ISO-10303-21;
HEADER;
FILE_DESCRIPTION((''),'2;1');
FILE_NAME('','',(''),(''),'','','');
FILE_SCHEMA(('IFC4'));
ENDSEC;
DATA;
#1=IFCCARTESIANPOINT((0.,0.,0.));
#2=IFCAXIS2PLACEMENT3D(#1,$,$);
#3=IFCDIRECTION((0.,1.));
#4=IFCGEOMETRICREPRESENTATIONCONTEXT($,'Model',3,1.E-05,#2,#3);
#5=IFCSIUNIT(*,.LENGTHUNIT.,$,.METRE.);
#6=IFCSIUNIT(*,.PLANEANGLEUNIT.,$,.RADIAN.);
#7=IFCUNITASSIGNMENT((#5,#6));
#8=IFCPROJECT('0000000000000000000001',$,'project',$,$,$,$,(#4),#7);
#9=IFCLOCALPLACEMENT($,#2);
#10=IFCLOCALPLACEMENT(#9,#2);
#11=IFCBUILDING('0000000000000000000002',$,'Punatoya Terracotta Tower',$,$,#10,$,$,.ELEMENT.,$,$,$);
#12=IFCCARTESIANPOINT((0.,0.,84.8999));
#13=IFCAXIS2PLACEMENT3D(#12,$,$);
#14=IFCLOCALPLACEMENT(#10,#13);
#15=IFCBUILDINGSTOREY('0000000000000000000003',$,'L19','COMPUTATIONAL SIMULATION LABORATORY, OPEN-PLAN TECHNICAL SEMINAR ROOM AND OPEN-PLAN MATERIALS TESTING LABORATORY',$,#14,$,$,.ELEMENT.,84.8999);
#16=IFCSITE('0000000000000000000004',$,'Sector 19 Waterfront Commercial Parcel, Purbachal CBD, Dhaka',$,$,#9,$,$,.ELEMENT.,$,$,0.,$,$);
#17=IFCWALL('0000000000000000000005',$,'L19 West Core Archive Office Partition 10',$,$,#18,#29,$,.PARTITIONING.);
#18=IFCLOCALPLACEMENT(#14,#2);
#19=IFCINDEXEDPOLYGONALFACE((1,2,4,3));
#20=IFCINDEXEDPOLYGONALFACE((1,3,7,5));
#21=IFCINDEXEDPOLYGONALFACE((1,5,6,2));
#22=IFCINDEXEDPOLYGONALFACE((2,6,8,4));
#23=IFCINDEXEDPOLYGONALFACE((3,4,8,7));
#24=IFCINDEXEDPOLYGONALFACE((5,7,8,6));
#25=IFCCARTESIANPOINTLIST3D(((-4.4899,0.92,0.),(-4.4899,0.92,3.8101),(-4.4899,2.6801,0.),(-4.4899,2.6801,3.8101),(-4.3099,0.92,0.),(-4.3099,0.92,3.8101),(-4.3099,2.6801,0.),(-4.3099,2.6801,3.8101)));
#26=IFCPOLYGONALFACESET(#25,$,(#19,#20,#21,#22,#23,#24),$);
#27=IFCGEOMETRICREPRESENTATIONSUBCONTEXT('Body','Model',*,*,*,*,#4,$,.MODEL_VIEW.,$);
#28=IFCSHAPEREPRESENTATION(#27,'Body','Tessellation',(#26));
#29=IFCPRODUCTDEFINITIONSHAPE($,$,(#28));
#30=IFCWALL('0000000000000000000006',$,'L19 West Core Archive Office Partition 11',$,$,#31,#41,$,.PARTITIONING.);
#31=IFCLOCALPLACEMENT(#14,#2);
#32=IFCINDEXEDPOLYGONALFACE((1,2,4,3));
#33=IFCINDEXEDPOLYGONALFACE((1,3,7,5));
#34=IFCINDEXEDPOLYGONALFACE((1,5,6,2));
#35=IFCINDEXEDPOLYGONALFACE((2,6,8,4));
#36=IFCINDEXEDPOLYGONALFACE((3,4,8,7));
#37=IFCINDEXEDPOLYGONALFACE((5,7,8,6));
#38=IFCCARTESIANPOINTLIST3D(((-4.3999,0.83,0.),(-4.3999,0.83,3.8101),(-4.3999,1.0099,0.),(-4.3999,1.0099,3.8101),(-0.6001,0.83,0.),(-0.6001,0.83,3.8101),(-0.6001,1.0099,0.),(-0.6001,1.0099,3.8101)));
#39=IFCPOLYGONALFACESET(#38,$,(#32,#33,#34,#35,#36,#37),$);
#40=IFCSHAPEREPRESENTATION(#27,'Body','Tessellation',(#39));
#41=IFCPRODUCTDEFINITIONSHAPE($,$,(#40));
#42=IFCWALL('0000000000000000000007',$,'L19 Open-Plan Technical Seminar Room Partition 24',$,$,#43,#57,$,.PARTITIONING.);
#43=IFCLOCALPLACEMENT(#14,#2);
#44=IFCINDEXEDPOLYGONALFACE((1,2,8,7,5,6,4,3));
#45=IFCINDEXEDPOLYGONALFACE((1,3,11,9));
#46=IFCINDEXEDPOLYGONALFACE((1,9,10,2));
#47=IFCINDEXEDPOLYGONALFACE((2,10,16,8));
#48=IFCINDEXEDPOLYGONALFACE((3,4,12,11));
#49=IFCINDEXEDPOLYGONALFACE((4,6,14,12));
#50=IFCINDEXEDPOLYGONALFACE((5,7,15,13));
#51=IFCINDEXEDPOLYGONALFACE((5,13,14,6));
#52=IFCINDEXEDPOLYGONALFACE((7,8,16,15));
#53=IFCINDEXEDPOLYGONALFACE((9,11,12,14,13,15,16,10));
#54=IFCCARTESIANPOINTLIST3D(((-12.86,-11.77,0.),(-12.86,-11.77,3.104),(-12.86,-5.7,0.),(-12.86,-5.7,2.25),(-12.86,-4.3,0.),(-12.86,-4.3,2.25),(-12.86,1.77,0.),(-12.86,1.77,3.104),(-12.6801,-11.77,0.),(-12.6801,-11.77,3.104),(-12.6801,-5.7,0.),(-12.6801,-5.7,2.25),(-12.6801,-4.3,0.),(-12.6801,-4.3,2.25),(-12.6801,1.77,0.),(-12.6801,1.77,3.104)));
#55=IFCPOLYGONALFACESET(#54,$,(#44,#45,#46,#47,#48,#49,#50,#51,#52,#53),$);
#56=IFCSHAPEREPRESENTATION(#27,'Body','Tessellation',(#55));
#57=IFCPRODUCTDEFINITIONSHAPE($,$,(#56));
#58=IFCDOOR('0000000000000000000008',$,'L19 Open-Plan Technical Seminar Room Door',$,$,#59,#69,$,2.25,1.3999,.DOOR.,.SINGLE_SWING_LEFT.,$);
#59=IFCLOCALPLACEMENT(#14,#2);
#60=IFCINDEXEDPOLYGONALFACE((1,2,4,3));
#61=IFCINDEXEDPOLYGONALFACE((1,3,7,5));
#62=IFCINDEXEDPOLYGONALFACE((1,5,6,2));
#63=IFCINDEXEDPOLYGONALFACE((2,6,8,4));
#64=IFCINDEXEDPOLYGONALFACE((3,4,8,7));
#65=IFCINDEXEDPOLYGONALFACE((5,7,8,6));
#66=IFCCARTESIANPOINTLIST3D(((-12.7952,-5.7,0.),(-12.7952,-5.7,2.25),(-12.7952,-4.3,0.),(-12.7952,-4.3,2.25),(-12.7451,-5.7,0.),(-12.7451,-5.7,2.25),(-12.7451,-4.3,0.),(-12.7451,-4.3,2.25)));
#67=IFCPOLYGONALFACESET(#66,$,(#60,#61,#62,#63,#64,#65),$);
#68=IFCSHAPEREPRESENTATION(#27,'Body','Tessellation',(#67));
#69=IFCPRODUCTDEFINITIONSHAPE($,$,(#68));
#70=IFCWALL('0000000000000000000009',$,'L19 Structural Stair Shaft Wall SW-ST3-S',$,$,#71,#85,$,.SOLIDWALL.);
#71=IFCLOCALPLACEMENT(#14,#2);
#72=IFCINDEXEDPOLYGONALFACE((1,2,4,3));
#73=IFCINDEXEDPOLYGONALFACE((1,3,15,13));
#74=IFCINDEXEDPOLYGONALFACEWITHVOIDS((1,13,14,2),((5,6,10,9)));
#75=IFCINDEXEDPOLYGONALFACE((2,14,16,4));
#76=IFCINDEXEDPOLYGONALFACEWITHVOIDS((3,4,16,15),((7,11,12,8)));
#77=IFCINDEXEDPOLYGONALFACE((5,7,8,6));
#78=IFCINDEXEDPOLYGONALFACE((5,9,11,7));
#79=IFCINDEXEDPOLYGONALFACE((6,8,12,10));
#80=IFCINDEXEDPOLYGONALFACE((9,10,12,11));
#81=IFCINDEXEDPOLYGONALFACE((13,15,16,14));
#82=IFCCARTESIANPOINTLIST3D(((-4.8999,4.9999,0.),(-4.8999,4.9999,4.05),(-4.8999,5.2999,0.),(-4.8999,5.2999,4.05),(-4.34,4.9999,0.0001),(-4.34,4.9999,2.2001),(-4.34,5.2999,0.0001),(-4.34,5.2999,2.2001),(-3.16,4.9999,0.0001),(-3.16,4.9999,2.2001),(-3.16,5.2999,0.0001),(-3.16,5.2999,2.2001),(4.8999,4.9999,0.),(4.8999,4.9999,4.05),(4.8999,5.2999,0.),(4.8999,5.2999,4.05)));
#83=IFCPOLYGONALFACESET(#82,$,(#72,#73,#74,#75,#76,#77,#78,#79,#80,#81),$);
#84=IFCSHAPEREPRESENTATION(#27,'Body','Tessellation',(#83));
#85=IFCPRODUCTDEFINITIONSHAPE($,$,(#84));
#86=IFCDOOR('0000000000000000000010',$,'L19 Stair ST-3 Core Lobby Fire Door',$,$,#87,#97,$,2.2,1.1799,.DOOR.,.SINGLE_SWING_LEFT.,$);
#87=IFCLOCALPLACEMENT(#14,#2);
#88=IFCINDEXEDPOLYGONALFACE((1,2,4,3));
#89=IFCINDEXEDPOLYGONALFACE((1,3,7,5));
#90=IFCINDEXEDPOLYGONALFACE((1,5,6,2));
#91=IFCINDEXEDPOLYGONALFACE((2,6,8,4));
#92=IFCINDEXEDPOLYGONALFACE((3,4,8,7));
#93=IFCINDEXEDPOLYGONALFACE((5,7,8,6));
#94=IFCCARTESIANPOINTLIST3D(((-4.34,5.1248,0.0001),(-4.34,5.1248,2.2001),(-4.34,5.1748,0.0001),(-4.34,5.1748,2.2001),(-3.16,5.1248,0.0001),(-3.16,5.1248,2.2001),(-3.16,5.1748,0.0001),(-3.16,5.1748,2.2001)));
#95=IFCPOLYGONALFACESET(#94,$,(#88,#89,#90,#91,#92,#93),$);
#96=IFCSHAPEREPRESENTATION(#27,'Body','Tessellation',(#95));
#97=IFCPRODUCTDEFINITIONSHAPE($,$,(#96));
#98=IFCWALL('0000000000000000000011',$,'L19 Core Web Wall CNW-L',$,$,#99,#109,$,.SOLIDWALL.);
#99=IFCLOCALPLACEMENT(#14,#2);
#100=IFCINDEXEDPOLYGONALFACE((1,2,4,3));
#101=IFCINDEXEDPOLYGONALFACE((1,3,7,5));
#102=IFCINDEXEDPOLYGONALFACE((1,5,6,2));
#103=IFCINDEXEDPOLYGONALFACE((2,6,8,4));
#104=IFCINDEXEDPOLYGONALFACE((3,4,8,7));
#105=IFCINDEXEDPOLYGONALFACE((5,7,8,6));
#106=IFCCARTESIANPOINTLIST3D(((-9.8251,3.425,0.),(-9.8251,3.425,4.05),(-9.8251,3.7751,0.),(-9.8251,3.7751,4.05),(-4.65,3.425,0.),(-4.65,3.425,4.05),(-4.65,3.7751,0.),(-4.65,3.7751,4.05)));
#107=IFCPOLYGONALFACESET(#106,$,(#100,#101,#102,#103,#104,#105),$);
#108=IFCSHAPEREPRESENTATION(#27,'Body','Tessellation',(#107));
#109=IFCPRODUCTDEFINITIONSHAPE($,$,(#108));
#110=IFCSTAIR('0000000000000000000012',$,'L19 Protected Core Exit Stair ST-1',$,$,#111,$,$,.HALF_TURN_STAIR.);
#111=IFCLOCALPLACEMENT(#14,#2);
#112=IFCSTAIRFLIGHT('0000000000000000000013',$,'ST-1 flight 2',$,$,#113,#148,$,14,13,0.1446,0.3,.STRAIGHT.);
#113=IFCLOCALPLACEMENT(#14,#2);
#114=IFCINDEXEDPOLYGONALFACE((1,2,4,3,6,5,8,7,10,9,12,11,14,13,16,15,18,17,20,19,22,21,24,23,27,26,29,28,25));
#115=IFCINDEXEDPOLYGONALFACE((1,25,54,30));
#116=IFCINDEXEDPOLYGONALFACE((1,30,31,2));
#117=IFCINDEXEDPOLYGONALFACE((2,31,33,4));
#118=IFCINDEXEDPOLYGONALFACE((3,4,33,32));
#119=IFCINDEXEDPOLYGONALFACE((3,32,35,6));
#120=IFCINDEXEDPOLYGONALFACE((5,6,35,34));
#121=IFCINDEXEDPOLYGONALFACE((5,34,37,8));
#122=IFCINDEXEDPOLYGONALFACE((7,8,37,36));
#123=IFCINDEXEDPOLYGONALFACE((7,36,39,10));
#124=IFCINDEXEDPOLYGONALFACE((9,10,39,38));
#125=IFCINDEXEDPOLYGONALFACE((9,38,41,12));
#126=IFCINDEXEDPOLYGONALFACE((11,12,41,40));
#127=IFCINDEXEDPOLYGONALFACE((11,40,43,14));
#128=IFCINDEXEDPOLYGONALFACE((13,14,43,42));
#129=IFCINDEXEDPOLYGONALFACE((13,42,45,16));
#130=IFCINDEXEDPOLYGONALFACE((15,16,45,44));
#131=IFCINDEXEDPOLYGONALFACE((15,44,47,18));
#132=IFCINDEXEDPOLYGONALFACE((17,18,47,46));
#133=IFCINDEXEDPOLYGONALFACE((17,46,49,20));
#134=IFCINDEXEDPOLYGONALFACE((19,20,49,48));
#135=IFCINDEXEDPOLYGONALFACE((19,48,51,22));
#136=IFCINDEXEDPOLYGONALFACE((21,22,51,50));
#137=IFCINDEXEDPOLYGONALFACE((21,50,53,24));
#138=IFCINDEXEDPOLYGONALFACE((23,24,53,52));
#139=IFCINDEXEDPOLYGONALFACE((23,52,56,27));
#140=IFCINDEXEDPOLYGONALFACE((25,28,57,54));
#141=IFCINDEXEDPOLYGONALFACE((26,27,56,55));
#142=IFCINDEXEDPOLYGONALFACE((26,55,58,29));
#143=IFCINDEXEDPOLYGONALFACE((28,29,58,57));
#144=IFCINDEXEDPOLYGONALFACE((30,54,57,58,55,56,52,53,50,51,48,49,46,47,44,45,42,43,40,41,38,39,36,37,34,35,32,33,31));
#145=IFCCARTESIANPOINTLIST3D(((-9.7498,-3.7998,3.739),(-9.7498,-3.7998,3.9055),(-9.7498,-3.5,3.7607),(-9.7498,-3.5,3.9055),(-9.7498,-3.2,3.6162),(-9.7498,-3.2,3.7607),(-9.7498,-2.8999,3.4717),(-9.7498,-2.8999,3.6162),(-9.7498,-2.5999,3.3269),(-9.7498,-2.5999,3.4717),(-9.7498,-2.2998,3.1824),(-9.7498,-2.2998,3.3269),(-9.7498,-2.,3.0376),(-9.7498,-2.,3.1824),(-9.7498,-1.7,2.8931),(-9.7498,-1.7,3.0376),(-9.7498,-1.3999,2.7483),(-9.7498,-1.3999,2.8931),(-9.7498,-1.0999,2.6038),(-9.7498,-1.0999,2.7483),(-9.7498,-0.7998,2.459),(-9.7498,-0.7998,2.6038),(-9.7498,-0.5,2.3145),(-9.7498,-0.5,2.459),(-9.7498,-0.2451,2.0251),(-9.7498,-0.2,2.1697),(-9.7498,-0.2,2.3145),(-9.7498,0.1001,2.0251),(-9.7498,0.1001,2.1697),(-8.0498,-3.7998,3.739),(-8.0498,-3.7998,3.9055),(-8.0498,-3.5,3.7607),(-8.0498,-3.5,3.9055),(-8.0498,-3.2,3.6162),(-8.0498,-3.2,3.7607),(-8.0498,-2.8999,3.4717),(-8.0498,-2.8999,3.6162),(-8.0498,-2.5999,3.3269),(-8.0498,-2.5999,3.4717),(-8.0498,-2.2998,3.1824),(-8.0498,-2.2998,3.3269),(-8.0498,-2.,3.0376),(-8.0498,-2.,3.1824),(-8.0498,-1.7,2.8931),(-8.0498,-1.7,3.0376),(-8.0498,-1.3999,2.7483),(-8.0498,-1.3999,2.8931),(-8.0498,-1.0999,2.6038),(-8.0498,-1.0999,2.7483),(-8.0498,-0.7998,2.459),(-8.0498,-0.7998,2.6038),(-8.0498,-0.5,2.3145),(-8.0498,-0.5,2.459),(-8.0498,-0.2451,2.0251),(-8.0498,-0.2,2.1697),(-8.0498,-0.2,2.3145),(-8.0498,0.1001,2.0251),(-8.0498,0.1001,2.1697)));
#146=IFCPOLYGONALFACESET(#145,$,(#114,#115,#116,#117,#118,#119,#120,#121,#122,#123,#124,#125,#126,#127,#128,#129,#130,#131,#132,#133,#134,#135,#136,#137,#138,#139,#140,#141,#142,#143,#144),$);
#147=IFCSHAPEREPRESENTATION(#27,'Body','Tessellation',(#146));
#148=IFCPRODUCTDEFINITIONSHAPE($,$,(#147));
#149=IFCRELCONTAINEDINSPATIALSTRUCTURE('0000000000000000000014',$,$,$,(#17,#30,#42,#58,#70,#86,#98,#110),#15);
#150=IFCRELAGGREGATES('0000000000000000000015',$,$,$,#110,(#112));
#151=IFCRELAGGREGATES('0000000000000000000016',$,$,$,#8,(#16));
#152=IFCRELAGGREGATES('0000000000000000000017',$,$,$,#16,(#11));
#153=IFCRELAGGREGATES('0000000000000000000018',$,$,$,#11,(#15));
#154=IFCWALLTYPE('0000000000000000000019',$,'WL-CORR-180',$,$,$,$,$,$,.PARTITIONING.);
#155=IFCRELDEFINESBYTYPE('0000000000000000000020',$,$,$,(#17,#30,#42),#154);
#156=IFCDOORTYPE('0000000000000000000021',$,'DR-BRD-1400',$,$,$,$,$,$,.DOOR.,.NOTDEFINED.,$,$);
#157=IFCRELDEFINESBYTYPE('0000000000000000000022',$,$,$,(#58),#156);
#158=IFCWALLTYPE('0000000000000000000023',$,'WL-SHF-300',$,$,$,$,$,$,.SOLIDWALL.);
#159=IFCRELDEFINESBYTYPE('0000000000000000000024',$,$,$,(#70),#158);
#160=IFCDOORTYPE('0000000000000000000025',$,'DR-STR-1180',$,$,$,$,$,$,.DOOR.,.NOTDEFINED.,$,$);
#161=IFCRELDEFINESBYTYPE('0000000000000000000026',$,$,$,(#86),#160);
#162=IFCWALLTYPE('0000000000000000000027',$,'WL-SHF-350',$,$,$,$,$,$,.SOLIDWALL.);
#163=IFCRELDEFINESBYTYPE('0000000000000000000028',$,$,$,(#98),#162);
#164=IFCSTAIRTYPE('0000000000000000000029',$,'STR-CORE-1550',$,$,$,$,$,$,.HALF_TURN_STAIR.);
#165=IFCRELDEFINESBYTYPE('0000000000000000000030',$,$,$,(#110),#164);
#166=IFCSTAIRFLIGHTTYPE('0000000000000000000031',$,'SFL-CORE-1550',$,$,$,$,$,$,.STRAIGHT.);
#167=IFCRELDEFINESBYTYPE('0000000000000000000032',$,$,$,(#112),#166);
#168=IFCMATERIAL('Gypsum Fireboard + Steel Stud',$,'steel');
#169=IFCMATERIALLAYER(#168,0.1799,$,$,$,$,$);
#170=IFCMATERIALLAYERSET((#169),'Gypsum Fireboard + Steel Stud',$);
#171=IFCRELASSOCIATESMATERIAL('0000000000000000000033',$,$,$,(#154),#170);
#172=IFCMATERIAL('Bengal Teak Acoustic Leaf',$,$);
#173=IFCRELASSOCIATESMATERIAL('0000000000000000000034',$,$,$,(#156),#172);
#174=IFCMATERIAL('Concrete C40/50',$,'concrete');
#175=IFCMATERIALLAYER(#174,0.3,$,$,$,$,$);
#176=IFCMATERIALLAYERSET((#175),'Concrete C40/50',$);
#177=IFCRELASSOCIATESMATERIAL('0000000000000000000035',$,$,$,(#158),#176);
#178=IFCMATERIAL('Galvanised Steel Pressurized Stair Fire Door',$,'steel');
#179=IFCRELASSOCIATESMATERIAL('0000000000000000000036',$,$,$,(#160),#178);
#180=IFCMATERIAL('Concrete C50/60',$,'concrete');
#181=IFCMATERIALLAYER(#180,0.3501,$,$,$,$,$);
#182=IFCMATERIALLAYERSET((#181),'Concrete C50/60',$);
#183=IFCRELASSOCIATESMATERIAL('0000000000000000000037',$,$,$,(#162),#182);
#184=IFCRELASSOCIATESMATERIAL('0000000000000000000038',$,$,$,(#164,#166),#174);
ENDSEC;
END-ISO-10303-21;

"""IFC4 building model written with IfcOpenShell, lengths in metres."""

from ifc_helpers import new_model, si_unit, direction, frame, frame_2d, origin, place, context, subcontext, project, spatial, polyline, rectangle, outline, extrude, material, layer, layer_set, type_object, element, fill, aggregate, save


model = new_model("IFC4")

# Units and contexts
model_context = context("Model", 3, precision=1e-05, world=origin(), true_north=direction((0.0, 1.0)))
body_context = subcontext(model_context, "Body", "Model", "MODEL_VIEW")
ifc_project = project(units=[si_unit("LENGTHUNIT", "METRE"), si_unit("PLANEANGLEUNIT", "RADIAN")], contexts=[model_context])

# Site, building, storey
site_placement = place(None, origin())
site = spatial("IfcSite", under=ifc_project, at=site_placement, Name="Sector 19 Waterfront Commercial Parcel, Purbachal CBD, Dhaka", CompositionType="ELEMENT", RefElevation=0.0)
building_placement = place(site_placement, origin())
building = spatial("IfcBuilding", under=site, at=building_placement, Name="Punatoya Terracotta Tower", CompositionType="ELEMENT")
storey_placement = place(building_placement, frame((0.0, 0.0, 84.8999)))
storey = spatial("IfcBuildingStorey", under=building, at=storey_placement, Name="L19", Description="COMPUTATIONAL SIMULATION LABORATORY, OPEN-PLAN TECHNICAL SEMINAR ROOM AND OPEN-PLAN MATERIALS TESTING LABORATORY", CompositionType="ELEMENT", Elevation=84.8999)

# Shared definitions
ifc_material_1 = material(Name="Concrete C40/50", Category="concrete")

# Shared definitions
ifc_material_2 = material(Name="Gypsum Fireboard + Steel Stud", Category="steel")
ifc_layer_1 = layer(ifc_material_2, 0.1799)
ifc_layer_set_1 = layer_set([ifc_layer_1], Name="Gypsum Fireboard + Steel Stud")
wall_type_1 = type_object("IfcWallType", Name="WL-CORR-180", PredefinedType="PARTITIONING", material=ifc_layer_set_1)

# Walls
wall_1_placement = place(storey_placement, frame((-4.3999, 2.6799, 0.0), z_axis=(0.0, 0.0, 1.0), x_axis=(0.0, -1.0, 0.0)))
element("IfcWall", 1, at=wall_1_placement, inside=storey, type_object=wall_type_1, Name="L19 West Core Archive Office Partition 10", PredefinedType="PARTITIONING", context=body_context, shape_type="SweptSolid", body=[
    extrude(rectangle(XDim=1.76, YDim=0.1799, at=frame_2d((0.8799, 0.0))), origin(), (0.0, 0.0, 1.0), 3.8101),
])
wall_2_placement = place(storey_placement, frame((-4.3999, 0.9199, 0.0), z_axis=(0.0, 0.0, 1.0), x_axis=(1.0, 0.0, 0.0)))
element("IfcWall", 2, at=wall_2_placement, inside=storey, type_object=wall_type_1, Name="L19 West Core Archive Office Partition 11", PredefinedType="PARTITIONING", context=body_context, shape_type="SweptSolid", body=[
    extrude(rectangle(XDim=3.7998, YDim=0.1799, at=frame_2d((1.8999, 0.0))), origin(), (0.0, 0.0, 1.0), 3.8101),
])

# Walls, openings, doors
wall_3_placement = place(storey_placement, frame((-12.77, 1.77, 0.0), z_axis=(0.0, 0.0, 1.0), x_axis=(0.0, -1.0, 0.0)))
wall_3 = element("IfcWall", 3, at=wall_3_placement, inside=storey, type_object=wall_type_1, Name="L19 Open-Plan Technical Seminar Room Partition 24", PredefinedType="PARTITIONING", context=body_context, shape_type="SweptSolid", body=[
    extrude(rectangle(XDim=13.54, YDim=0.1799, at=frame_2d((6.77, 0.0))), origin(), (0.0, 0.0, 1.0), 3.104),
])
opening_1_placement = place(wall_3_placement, frame((6.0701, 0.0, 0.0)))
opening_1 = element("IfcOpeningElement", 4, at=opening_1_placement, cuts=wall_3, PredefinedType="OPENING", context=body_context, shape_type="SweptSolid", body=[
    extrude(rectangle(XDim=1.3999, YDim=2.25, at=frame_2d((0.7, 1.125))), frame((0.0, 0.0999, 0.0), z_axis=(0.0, -1.0, 0.0), x_axis=(1.0, 0.0, 0.0)), (0.0, 0.0, 1.0), 0.2),
])
ifc_material_3 = material(Name="Bengal Teak Acoustic Leaf")
door_type_1 = type_object("IfcDoorType", Name="DR-BRD-1400", OperationType="NOTDEFINED", PredefinedType="DOOR", material=ifc_material_3)
door_1_placement = place(opening_1_placement, origin())
door_1 = element("IfcDoor", 5, at=door_1_placement, inside=storey, type_object=door_type_1, Name="L19 Open-Plan Technical Seminar Room Door", OperationType="SINGLE_SWING_LEFT", OverallHeight=2.25, OverallWidth=1.3999, PredefinedType="DOOR", context=body_context, shape_type="SweptSolid", body=[
    extrude(rectangle(XDim=1.3999, YDim=2.25, at=frame_2d((0.7, 1.125))), frame((0.0, 0.0249, 0.0), z_axis=(0.0, -1.0, 0.0), x_axis=(1.0, 0.0, 0.0)), (0.0, 0.0, 1.0), 0.05),
])
fill(opening_1, door_1)
ifc_layer_2 = layer(ifc_material_1, 0.3)
ifc_layer_set_2 = layer_set([ifc_layer_2], Name="Concrete C40/50")
wall_type_2 = type_object("IfcWallType", Name="WL-SHF-300", PredefinedType="SOLIDWALL", material=ifc_layer_set_2)
wall_4_placement = place(storey_placement, frame((-4.8999, 5.1499, 0.0), z_axis=(0.0, 0.0, 1.0), x_axis=(1.0, 0.0, 0.0)))
wall_4 = element("IfcWall", 6, at=wall_4_placement, inside=storey, type_object=wall_type_2, Name="L19 Structural Stair Shaft Wall SW-ST3-S", PredefinedType="SOLIDWALL", context=body_context, shape_type="SweptSolid", body=[
    extrude(rectangle(XDim=9.7998, YDim=0.3, at=frame_2d((4.8999, 0.0))), origin(), (0.0, 0.0, 1.0), 4.05),
])
opening_2_placement = place(wall_4_placement, frame((0.5601, 0.0, 0.0)))
opening_2 = element("IfcOpeningElement", 7, at=opening_2_placement, cuts=wall_4, PredefinedType="OPENING", context=body_context, shape_type="SweptSolid", body=[
    extrude(rectangle(XDim=1.1799, YDim=2.2, at=frame_2d((0.5898, 1.1001))), frame((0.0, 0.1599, 0.0), z_axis=(0.0, -1.0, 0.0), x_axis=(1.0, 0.0, 0.0)), (0.0, 0.0, 1.0), 0.3201),
])
ifc_material_4 = material(Name="Galvanised Steel Pressurized Stair Fire Door", Category="steel")
door_type_2 = type_object("IfcDoorType", Name="DR-STR-1180", OperationType="NOTDEFINED", PredefinedType="DOOR", material=ifc_material_4)
door_2_placement = place(opening_2_placement, origin())
door_2 = element("IfcDoor", 8, at=door_2_placement, inside=storey, type_object=door_type_2, Name="L19 Stair ST-3 Core Lobby Fire Door", OperationType="SINGLE_SWING_LEFT", OverallHeight=2.2, OverallWidth=1.1799, PredefinedType="DOOR", context=body_context, shape_type="SweptSolid", body=[
    extrude(rectangle(XDim=1.1799, YDim=2.2, at=frame_2d((0.5898, 1.1001))), frame((0.0, 0.0249, 0.0), z_axis=(0.0, -1.0, 0.0), x_axis=(1.0, 0.0, 0.0)), (0.0, 0.0, 1.0), 0.05),
])
fill(opening_2, door_2)

# Wall
ifc_material_5 = material(Name="Concrete C50/60", Category="concrete")
ifc_layer_3 = layer(ifc_material_5, 0.3501)
ifc_layer_set_3 = layer_set([ifc_layer_3], Name="Concrete C50/60")
wall_type_3 = type_object("IfcWallType", Name="WL-SHF-350", PredefinedType="SOLIDWALL", material=ifc_layer_set_3)
wall_5_placement = place(storey_placement, frame((-9.825, 3.6001, 0.0), z_axis=(0.0, 0.0, 1.0), x_axis=(1.0, 0.0, 0.0)))
element("IfcWall", 9, at=wall_5_placement, inside=storey, type_object=wall_type_3, Name="L19 Core Web Wall CNW-L", PredefinedType="SOLIDWALL", context=body_context, shape_type="SweptSolid", body=[
    extrude(rectangle(XDim=5.175, YDim=0.3501, at=frame_2d((2.5874, 0.0))), origin(), (0.0, 0.0, 1.0), 4.05),
])

# Stair, stair flight
stair_type_1 = type_object("IfcStairType", Name="STR-CORE-1550", PredefinedType="HALF_TURN_STAIR", material=ifc_material_1)
stair_1_placement = place(storey_placement, origin())
stair_1 = element("IfcStair", 10, at=stair_1_placement, inside=storey, type_object=stair_type_1, Name="L19 Protected Core Exit Stair ST-1", PredefinedType="HALF_TURN_STAIR")
stair_flight_type = type_object("IfcStairFlightType", Name="SFL-CORE-1550", PredefinedType="STRAIGHT", material=ifc_material_1)
stair_flight_placement = place(storey_placement, frame((-8.8999, 0.1001, 2.0251), z_axis=(0.0, 0.0, 1.0), x_axis=(0.0, -1.0, 0.0)))
stair_flight = element("IfcStairFlight", 11, at=stair_flight_placement, type_object=stair_flight_type, Name="ST-1 flight 2", NumberOfRisers=14, NumberOfTreads=13, PredefinedType="STRAIGHT", RiserHeight=0.1446, TreadLength=0.3, context=body_context, shape_type="SweptSolid", body=[
    extrude(outline(polyline([(0.0, 0.0), (0.0, 0.1445), (0.3, 0.1445), (0.3, 0.2893), (0.6001, 0.2893), (0.6001, 0.4338), (0.8999, 0.4338), (0.8999, 0.5786), (1.2, 0.5786), (1.2, 0.7231), (1.5, 0.7231), (1.5, 0.8679), (1.8, 0.8679), (1.8, 1.0125), (2.1001, 1.0125), (2.1001, 1.1572), (2.3999, 1.1572), (2.3999, 1.3018), (2.7, 1.3018), (2.7, 1.4465), (3.0, 1.4465), (3.0, 1.5911), (3.3, 1.5911), (3.3, 1.7356), (3.6001, 1.7356), (3.6001, 1.8804), (3.8999, 1.8804), (3.8999, 2.0249), (3.8999, 1.7139), (0.3452, 0.0), (0.0, 0.0)])), frame((0.0, 0.8501, 0.0), z_axis=(0.0, -1.0, 0.0), x_axis=(1.0, 0.0, 0.0)), (0.0, 0.0, 1.0), 1.7),
])
aggregate(stair_1, [stair_flight])

save(model, "model.ifc")
